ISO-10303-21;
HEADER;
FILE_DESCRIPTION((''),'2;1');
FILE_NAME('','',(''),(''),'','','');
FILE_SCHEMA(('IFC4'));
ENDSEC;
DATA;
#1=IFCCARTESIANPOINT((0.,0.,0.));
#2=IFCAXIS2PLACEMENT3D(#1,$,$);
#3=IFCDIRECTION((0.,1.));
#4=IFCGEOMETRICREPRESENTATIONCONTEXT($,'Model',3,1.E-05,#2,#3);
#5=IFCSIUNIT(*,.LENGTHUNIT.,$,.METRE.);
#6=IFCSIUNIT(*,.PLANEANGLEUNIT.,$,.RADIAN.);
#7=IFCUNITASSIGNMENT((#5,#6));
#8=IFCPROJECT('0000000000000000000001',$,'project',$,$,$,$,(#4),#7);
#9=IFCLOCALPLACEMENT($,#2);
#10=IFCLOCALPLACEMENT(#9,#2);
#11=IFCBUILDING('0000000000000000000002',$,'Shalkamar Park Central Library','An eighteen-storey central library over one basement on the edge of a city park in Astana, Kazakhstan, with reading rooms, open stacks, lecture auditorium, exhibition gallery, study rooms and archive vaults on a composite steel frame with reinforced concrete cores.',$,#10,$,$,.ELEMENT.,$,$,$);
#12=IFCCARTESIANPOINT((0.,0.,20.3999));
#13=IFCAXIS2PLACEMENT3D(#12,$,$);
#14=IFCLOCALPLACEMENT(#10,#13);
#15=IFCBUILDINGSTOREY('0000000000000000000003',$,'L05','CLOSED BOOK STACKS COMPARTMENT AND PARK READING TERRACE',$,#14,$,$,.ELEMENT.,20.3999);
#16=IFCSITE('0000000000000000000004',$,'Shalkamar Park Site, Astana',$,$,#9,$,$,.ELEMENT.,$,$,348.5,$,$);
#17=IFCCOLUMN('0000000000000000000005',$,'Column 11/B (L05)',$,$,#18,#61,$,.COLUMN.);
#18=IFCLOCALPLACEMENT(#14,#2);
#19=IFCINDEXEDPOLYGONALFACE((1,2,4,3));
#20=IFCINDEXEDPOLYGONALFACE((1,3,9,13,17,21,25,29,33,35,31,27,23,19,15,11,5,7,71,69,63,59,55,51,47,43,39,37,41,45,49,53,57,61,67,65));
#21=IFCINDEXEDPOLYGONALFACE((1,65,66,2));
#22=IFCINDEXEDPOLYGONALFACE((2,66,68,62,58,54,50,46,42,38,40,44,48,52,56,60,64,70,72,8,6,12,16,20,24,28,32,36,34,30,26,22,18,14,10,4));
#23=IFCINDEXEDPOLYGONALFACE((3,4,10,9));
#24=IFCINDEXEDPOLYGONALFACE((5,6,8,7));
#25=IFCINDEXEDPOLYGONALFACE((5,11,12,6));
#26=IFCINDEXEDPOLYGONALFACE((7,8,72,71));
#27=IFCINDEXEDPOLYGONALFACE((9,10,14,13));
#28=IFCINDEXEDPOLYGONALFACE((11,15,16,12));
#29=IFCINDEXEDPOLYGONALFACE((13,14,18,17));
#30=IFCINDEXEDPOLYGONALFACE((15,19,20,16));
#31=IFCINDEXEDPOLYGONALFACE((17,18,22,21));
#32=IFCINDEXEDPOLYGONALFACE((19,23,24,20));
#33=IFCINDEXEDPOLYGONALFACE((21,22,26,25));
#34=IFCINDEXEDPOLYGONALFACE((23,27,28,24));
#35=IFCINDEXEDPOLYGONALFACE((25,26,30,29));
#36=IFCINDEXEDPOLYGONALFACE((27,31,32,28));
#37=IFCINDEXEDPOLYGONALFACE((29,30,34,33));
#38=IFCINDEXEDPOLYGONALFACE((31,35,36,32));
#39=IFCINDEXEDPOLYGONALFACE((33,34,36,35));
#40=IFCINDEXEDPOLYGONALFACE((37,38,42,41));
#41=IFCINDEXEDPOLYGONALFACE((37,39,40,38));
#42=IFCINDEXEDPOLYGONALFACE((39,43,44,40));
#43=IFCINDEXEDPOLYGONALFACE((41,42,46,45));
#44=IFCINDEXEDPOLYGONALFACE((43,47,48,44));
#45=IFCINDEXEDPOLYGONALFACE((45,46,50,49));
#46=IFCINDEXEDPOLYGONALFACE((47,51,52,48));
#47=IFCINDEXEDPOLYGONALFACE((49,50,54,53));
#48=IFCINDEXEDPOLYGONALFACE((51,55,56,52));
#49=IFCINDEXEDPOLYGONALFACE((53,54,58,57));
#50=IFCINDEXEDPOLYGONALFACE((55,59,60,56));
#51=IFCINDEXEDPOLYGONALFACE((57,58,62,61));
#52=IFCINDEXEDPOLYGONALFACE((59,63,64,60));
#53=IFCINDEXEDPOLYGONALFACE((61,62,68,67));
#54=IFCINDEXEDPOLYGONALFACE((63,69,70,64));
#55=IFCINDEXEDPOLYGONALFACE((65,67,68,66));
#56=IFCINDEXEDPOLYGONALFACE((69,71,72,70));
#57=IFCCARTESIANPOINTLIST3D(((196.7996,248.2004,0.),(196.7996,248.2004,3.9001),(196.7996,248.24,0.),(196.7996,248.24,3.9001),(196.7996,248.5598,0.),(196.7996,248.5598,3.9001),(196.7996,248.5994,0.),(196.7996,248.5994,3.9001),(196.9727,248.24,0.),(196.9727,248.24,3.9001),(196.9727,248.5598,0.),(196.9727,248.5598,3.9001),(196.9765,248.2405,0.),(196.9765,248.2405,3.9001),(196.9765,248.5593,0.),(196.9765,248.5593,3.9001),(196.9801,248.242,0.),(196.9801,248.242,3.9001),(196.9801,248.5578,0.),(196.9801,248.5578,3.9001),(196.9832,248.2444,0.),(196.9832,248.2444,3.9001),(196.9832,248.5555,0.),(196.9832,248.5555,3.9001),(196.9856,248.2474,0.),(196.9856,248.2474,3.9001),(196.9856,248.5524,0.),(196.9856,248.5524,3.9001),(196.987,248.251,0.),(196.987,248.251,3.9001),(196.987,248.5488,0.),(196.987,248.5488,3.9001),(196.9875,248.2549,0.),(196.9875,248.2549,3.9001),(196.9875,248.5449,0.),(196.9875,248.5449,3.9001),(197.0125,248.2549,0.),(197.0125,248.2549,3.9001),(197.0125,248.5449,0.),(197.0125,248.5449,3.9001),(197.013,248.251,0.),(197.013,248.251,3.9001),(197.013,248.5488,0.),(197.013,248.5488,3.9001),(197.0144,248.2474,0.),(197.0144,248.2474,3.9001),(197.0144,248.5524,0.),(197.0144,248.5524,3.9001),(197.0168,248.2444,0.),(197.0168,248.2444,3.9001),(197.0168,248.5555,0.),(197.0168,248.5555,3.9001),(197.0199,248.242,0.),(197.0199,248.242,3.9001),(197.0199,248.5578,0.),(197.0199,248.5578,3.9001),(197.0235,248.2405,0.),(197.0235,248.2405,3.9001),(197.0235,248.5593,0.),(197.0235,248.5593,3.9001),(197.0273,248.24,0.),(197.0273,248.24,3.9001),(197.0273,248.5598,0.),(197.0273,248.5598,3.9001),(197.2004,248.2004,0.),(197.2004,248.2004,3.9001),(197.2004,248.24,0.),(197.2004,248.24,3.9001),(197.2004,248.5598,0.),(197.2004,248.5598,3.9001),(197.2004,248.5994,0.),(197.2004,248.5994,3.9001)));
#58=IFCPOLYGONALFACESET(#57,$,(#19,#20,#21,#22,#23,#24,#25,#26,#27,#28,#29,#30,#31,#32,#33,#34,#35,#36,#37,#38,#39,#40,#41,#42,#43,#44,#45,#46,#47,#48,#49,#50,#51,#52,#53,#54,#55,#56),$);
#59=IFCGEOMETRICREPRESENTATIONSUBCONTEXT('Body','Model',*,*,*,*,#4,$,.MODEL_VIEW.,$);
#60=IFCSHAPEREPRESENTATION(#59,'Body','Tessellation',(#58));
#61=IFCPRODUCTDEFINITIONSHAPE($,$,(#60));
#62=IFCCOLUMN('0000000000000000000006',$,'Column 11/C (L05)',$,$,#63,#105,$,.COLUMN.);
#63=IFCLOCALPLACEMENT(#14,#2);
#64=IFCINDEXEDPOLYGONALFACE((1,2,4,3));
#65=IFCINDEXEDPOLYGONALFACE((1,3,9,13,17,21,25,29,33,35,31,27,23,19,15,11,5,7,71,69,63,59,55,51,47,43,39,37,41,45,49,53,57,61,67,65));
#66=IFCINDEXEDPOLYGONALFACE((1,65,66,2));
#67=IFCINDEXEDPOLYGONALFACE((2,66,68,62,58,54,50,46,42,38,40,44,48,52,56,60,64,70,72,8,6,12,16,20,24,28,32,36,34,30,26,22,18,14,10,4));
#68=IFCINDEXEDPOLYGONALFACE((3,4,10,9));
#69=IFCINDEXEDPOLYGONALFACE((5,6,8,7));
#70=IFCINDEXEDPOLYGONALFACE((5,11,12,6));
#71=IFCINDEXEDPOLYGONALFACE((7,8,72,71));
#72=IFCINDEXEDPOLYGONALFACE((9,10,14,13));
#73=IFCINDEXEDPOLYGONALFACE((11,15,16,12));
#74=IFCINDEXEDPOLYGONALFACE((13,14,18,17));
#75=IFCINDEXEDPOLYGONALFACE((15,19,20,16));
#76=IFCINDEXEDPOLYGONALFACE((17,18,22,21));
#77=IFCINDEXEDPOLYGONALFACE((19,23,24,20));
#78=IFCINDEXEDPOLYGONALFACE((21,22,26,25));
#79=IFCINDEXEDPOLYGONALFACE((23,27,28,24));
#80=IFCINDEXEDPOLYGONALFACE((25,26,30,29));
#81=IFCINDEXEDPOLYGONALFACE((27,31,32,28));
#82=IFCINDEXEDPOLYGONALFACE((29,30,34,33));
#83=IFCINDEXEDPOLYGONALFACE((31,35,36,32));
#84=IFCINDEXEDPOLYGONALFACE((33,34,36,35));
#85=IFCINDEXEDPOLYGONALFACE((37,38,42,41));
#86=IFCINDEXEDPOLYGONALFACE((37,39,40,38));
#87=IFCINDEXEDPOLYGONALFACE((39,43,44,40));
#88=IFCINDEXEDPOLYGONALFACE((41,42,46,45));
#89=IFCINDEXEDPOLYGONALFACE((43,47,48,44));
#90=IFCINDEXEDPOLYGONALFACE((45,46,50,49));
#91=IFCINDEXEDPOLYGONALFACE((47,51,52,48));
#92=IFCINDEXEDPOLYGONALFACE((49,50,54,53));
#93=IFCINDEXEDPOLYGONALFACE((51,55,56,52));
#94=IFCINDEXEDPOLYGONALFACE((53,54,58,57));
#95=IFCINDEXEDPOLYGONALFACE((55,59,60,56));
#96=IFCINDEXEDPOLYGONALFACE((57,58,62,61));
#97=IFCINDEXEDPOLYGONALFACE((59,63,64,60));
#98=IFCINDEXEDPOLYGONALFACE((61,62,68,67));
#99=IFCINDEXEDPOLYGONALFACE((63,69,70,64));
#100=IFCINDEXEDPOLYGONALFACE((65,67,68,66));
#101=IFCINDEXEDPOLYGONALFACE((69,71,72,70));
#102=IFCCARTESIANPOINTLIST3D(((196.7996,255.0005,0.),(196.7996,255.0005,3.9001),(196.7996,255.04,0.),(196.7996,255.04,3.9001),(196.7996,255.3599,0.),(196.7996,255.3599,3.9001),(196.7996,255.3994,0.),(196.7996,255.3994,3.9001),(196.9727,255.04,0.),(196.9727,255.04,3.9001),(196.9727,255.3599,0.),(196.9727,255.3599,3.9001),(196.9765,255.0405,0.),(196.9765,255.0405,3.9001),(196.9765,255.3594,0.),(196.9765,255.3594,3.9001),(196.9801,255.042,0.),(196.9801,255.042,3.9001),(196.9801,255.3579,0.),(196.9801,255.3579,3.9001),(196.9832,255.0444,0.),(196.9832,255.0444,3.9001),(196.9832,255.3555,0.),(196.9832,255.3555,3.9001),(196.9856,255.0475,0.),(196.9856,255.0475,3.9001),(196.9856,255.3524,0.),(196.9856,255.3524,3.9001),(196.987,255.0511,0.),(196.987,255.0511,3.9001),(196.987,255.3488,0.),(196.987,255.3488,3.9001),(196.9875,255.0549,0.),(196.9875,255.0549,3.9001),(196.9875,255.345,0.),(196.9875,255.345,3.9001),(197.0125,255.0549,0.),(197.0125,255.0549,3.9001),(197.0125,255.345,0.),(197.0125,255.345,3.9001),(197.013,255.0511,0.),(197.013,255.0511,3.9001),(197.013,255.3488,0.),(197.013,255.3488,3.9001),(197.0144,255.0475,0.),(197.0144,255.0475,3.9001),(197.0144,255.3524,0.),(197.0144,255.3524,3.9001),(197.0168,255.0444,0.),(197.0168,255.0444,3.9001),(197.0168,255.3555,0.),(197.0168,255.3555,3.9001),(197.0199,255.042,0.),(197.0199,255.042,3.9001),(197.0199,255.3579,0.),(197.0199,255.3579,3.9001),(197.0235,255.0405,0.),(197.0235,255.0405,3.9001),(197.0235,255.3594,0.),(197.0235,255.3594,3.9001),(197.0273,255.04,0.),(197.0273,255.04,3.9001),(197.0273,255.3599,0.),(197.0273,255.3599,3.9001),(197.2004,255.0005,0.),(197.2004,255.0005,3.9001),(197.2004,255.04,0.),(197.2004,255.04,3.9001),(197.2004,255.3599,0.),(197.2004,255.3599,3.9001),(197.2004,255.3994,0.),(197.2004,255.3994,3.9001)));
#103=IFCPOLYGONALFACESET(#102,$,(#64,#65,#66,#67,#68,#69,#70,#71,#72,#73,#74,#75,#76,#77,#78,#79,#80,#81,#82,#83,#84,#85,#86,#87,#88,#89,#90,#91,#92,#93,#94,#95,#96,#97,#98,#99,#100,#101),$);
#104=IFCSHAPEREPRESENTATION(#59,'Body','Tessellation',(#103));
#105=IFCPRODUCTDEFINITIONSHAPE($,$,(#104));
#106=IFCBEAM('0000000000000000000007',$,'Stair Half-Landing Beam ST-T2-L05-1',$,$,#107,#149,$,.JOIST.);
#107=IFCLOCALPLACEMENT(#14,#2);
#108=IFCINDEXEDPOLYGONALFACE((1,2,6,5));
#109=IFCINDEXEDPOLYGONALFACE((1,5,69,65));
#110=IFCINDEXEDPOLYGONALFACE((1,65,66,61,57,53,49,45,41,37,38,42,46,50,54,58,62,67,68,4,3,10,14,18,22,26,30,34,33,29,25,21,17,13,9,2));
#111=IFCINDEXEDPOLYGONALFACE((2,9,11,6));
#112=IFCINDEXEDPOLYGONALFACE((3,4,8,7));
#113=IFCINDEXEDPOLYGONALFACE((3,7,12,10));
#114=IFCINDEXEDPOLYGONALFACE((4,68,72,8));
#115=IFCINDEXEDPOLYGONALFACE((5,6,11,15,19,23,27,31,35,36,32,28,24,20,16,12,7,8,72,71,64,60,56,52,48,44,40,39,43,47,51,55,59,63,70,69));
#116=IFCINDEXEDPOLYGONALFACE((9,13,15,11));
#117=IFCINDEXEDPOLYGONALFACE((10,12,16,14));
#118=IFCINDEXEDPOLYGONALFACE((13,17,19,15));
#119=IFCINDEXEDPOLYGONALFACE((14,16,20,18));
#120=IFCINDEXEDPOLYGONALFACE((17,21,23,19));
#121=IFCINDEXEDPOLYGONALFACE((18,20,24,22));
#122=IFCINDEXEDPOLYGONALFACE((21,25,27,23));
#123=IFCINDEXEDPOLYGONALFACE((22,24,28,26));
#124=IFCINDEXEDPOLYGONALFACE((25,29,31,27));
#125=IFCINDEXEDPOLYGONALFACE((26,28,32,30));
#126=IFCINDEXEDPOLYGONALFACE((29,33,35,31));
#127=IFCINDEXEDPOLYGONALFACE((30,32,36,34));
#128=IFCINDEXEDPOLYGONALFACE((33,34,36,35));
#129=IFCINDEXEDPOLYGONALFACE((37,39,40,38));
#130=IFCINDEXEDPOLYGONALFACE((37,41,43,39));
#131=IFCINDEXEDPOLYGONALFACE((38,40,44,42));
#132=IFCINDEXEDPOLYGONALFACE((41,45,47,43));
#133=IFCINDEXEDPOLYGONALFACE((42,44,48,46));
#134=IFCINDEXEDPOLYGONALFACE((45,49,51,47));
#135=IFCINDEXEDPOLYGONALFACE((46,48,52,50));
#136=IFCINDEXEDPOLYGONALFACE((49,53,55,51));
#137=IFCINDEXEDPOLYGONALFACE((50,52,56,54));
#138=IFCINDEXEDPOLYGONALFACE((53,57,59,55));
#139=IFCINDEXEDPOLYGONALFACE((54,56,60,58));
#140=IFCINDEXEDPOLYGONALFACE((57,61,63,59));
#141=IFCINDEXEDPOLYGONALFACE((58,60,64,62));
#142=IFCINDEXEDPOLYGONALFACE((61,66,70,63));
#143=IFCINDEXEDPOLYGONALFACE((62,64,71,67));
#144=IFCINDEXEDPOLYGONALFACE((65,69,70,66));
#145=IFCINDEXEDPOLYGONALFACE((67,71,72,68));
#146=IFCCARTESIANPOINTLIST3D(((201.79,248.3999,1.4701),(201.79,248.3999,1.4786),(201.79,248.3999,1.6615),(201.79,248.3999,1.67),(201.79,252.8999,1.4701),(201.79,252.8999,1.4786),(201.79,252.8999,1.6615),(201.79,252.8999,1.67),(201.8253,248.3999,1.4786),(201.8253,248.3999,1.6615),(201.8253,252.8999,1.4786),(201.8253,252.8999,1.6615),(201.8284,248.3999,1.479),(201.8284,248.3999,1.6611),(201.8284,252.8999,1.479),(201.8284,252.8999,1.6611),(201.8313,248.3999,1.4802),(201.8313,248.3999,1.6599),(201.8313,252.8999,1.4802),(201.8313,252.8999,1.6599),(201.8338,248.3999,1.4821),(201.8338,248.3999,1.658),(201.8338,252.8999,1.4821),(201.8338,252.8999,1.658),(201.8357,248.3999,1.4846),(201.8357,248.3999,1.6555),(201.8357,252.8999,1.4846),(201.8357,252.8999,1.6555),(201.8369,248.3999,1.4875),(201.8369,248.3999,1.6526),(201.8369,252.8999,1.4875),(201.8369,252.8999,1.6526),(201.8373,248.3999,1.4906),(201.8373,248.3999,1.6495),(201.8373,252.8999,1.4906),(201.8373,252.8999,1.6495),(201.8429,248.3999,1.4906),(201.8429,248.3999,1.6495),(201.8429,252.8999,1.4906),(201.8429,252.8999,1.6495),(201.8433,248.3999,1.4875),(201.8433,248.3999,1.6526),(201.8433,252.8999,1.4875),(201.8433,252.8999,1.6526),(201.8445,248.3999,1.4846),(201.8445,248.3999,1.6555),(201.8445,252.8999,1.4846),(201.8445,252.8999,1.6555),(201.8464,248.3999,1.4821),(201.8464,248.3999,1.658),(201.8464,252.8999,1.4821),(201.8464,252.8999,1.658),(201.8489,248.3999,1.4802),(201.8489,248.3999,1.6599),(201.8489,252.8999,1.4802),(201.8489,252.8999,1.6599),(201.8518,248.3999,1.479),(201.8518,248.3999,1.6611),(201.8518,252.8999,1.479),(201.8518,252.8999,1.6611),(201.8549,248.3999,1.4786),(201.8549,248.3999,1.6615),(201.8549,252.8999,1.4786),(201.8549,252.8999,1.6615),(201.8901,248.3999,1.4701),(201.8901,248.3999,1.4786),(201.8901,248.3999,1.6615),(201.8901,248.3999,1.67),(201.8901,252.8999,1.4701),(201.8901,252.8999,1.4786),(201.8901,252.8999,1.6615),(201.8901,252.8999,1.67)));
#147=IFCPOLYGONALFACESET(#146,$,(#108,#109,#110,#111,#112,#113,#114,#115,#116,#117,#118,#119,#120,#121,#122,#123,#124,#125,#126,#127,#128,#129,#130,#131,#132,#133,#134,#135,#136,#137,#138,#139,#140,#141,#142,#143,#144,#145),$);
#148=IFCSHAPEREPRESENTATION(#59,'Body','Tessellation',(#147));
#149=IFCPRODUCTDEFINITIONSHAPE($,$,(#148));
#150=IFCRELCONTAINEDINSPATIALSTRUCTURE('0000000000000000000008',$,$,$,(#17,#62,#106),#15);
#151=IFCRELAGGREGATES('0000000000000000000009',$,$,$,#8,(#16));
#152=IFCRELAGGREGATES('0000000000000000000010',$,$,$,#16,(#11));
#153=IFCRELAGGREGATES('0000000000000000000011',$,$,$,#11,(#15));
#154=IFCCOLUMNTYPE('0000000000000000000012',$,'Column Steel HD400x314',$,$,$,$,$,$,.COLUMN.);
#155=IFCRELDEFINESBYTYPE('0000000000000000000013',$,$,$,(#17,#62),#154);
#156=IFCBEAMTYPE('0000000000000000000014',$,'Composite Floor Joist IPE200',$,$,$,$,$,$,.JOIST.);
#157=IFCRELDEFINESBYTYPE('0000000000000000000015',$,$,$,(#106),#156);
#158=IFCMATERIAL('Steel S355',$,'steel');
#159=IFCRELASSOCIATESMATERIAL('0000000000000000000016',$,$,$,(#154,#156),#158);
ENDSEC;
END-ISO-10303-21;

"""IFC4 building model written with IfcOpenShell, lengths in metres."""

from ifc_helpers import new_model, si_unit, direction, frame, origin, origin_2d, place, context, subcontext, project, spatial, i_section, extrude, material, material_profile, profile_set, type_object, element, save


model = new_model("IFC4")

# Units and contexts
model_context = context("Model", 3, precision=1e-05, world=origin(), true_north=direction((0.0, 1.0)))
body_context = subcontext(model_context, "Body", "Model", "MODEL_VIEW")
ifc_project = project(units=[si_unit("LENGTHUNIT", "METRE"), si_unit("PLANEANGLEUNIT", "RADIAN")], contexts=[model_context])

# Site, building, storey
site_placement = place(None, origin())
site = spatial("IfcSite", under=ifc_project, at=site_placement, Name="Shalkamar Park Site, Astana", CompositionType="ELEMENT", RefElevation=348.5)
building_placement = place(site_placement, origin())
building = spatial("IfcBuilding", under=site, at=building_placement, Name="Shalkamar Park Central Library", Description="An eighteen-storey central library over one basement on the edge of a city park in Astana, Kazakhstan, with reading rooms, open stacks, lecture auditorium, exhibition gallery, study rooms and archive vaults on a composite steel frame with reinforced concrete cores.", CompositionType="ELEMENT")
storey_placement = place(building_placement, frame((0.0, 0.0, 20.3999)))
storey = spatial("IfcBuildingStorey", under=building, at=storey_placement, Name="L05", Description="CLOSED BOOK STACKS COMPARTMENT AND PARK READING TERRACE", CompositionType="ELEMENT", Elevation=20.3999)

# Columns
ifc_material_1 = material(Name="Steel S355", Category="steel")
ifc_material_profile_1 = material_profile(ifc_material_1, i_section(OverallWidth=0.4009, OverallDepth=0.3989, WebThickness=0.0249, FlangeThickness=0.0396, FilletRadius=0.0149, at=origin_2d()), Name="HD 400x314")
ifc_profile_set_1 = profile_set([ifc_material_profile_1], Name="Steel S355")
column_type = type_object("IfcColumnType", Name="Column Steel HD400x314", PredefinedType="COLUMN", material=ifc_profile_set_1)
for number, where, z_axis, x_axis, name in (
    (1, (197.0, 248.3999, 0.0), (0.0, 0.0, 1.0), (1.0, 0.0, 0.0), "Column 11/B (L05)"),
    (2, (197.0, 255.2, 0.0), (0.0, 0.0, 1.0), (1.0, 0.0, 0.0), "Column 11/C (L05)"),
):
    element("IfcColumn", number, at=place(storey_placement, frame(where, z_axis=z_axis, x_axis=x_axis)), inside=storey, type_object=column_type, Name=name, PredefinedType="COLUMN", context=body_context, shape_type="SweptSolid", body=[
        extrude(i_section(OverallWidth=0.4009, OverallDepth=0.3989, WebThickness=0.0249, FlangeThickness=0.0396, FilletRadius=0.0149, at=origin_2d()), origin(), (0.0, 0.0, 1.0), 3.9001),
    ])

# Beam
ifc_material_profile_2 = material_profile(ifc_material_1, i_section(OverallWidth=0.1001, OverallDepth=0.2, WebThickness=0.0056, FlangeThickness=0.0085, FilletRadius=0.012, at=origin_2d()), Name="IPE 200")
ifc_profile_set_2 = profile_set([ifc_material_profile_2], Name="Steel S355")
beam_type_1 = type_object("IfcBeamType", Name="Composite Floor Joist IPE200", PredefinedType="JOIST", material=ifc_profile_set_2)
beam_1_placement = place(storey_placement, frame((201.8401, 248.3999, 1.5701), z_axis=(0.0, 1.0, 0.0), x_axis=(-1.0, 0.0, 0.0)))
element("IfcBeam", 3, at=beam_1_placement, inside=storey, type_object=beam_type_1, Name="Stair Half-Landing Beam ST-T2-L05-1", PredefinedType="JOIST", context=body_context, shape_type="SweptSolid", body=[
    extrude(i_section(OverallWidth=0.1001, OverallDepth=0.2, WebThickness=0.0056, FlangeThickness=0.0085, FilletRadius=0.012, at=origin_2d()), origin(), (0.0, 0.0, 1.0), 4.5),
])

save(model, "model.ifc")
